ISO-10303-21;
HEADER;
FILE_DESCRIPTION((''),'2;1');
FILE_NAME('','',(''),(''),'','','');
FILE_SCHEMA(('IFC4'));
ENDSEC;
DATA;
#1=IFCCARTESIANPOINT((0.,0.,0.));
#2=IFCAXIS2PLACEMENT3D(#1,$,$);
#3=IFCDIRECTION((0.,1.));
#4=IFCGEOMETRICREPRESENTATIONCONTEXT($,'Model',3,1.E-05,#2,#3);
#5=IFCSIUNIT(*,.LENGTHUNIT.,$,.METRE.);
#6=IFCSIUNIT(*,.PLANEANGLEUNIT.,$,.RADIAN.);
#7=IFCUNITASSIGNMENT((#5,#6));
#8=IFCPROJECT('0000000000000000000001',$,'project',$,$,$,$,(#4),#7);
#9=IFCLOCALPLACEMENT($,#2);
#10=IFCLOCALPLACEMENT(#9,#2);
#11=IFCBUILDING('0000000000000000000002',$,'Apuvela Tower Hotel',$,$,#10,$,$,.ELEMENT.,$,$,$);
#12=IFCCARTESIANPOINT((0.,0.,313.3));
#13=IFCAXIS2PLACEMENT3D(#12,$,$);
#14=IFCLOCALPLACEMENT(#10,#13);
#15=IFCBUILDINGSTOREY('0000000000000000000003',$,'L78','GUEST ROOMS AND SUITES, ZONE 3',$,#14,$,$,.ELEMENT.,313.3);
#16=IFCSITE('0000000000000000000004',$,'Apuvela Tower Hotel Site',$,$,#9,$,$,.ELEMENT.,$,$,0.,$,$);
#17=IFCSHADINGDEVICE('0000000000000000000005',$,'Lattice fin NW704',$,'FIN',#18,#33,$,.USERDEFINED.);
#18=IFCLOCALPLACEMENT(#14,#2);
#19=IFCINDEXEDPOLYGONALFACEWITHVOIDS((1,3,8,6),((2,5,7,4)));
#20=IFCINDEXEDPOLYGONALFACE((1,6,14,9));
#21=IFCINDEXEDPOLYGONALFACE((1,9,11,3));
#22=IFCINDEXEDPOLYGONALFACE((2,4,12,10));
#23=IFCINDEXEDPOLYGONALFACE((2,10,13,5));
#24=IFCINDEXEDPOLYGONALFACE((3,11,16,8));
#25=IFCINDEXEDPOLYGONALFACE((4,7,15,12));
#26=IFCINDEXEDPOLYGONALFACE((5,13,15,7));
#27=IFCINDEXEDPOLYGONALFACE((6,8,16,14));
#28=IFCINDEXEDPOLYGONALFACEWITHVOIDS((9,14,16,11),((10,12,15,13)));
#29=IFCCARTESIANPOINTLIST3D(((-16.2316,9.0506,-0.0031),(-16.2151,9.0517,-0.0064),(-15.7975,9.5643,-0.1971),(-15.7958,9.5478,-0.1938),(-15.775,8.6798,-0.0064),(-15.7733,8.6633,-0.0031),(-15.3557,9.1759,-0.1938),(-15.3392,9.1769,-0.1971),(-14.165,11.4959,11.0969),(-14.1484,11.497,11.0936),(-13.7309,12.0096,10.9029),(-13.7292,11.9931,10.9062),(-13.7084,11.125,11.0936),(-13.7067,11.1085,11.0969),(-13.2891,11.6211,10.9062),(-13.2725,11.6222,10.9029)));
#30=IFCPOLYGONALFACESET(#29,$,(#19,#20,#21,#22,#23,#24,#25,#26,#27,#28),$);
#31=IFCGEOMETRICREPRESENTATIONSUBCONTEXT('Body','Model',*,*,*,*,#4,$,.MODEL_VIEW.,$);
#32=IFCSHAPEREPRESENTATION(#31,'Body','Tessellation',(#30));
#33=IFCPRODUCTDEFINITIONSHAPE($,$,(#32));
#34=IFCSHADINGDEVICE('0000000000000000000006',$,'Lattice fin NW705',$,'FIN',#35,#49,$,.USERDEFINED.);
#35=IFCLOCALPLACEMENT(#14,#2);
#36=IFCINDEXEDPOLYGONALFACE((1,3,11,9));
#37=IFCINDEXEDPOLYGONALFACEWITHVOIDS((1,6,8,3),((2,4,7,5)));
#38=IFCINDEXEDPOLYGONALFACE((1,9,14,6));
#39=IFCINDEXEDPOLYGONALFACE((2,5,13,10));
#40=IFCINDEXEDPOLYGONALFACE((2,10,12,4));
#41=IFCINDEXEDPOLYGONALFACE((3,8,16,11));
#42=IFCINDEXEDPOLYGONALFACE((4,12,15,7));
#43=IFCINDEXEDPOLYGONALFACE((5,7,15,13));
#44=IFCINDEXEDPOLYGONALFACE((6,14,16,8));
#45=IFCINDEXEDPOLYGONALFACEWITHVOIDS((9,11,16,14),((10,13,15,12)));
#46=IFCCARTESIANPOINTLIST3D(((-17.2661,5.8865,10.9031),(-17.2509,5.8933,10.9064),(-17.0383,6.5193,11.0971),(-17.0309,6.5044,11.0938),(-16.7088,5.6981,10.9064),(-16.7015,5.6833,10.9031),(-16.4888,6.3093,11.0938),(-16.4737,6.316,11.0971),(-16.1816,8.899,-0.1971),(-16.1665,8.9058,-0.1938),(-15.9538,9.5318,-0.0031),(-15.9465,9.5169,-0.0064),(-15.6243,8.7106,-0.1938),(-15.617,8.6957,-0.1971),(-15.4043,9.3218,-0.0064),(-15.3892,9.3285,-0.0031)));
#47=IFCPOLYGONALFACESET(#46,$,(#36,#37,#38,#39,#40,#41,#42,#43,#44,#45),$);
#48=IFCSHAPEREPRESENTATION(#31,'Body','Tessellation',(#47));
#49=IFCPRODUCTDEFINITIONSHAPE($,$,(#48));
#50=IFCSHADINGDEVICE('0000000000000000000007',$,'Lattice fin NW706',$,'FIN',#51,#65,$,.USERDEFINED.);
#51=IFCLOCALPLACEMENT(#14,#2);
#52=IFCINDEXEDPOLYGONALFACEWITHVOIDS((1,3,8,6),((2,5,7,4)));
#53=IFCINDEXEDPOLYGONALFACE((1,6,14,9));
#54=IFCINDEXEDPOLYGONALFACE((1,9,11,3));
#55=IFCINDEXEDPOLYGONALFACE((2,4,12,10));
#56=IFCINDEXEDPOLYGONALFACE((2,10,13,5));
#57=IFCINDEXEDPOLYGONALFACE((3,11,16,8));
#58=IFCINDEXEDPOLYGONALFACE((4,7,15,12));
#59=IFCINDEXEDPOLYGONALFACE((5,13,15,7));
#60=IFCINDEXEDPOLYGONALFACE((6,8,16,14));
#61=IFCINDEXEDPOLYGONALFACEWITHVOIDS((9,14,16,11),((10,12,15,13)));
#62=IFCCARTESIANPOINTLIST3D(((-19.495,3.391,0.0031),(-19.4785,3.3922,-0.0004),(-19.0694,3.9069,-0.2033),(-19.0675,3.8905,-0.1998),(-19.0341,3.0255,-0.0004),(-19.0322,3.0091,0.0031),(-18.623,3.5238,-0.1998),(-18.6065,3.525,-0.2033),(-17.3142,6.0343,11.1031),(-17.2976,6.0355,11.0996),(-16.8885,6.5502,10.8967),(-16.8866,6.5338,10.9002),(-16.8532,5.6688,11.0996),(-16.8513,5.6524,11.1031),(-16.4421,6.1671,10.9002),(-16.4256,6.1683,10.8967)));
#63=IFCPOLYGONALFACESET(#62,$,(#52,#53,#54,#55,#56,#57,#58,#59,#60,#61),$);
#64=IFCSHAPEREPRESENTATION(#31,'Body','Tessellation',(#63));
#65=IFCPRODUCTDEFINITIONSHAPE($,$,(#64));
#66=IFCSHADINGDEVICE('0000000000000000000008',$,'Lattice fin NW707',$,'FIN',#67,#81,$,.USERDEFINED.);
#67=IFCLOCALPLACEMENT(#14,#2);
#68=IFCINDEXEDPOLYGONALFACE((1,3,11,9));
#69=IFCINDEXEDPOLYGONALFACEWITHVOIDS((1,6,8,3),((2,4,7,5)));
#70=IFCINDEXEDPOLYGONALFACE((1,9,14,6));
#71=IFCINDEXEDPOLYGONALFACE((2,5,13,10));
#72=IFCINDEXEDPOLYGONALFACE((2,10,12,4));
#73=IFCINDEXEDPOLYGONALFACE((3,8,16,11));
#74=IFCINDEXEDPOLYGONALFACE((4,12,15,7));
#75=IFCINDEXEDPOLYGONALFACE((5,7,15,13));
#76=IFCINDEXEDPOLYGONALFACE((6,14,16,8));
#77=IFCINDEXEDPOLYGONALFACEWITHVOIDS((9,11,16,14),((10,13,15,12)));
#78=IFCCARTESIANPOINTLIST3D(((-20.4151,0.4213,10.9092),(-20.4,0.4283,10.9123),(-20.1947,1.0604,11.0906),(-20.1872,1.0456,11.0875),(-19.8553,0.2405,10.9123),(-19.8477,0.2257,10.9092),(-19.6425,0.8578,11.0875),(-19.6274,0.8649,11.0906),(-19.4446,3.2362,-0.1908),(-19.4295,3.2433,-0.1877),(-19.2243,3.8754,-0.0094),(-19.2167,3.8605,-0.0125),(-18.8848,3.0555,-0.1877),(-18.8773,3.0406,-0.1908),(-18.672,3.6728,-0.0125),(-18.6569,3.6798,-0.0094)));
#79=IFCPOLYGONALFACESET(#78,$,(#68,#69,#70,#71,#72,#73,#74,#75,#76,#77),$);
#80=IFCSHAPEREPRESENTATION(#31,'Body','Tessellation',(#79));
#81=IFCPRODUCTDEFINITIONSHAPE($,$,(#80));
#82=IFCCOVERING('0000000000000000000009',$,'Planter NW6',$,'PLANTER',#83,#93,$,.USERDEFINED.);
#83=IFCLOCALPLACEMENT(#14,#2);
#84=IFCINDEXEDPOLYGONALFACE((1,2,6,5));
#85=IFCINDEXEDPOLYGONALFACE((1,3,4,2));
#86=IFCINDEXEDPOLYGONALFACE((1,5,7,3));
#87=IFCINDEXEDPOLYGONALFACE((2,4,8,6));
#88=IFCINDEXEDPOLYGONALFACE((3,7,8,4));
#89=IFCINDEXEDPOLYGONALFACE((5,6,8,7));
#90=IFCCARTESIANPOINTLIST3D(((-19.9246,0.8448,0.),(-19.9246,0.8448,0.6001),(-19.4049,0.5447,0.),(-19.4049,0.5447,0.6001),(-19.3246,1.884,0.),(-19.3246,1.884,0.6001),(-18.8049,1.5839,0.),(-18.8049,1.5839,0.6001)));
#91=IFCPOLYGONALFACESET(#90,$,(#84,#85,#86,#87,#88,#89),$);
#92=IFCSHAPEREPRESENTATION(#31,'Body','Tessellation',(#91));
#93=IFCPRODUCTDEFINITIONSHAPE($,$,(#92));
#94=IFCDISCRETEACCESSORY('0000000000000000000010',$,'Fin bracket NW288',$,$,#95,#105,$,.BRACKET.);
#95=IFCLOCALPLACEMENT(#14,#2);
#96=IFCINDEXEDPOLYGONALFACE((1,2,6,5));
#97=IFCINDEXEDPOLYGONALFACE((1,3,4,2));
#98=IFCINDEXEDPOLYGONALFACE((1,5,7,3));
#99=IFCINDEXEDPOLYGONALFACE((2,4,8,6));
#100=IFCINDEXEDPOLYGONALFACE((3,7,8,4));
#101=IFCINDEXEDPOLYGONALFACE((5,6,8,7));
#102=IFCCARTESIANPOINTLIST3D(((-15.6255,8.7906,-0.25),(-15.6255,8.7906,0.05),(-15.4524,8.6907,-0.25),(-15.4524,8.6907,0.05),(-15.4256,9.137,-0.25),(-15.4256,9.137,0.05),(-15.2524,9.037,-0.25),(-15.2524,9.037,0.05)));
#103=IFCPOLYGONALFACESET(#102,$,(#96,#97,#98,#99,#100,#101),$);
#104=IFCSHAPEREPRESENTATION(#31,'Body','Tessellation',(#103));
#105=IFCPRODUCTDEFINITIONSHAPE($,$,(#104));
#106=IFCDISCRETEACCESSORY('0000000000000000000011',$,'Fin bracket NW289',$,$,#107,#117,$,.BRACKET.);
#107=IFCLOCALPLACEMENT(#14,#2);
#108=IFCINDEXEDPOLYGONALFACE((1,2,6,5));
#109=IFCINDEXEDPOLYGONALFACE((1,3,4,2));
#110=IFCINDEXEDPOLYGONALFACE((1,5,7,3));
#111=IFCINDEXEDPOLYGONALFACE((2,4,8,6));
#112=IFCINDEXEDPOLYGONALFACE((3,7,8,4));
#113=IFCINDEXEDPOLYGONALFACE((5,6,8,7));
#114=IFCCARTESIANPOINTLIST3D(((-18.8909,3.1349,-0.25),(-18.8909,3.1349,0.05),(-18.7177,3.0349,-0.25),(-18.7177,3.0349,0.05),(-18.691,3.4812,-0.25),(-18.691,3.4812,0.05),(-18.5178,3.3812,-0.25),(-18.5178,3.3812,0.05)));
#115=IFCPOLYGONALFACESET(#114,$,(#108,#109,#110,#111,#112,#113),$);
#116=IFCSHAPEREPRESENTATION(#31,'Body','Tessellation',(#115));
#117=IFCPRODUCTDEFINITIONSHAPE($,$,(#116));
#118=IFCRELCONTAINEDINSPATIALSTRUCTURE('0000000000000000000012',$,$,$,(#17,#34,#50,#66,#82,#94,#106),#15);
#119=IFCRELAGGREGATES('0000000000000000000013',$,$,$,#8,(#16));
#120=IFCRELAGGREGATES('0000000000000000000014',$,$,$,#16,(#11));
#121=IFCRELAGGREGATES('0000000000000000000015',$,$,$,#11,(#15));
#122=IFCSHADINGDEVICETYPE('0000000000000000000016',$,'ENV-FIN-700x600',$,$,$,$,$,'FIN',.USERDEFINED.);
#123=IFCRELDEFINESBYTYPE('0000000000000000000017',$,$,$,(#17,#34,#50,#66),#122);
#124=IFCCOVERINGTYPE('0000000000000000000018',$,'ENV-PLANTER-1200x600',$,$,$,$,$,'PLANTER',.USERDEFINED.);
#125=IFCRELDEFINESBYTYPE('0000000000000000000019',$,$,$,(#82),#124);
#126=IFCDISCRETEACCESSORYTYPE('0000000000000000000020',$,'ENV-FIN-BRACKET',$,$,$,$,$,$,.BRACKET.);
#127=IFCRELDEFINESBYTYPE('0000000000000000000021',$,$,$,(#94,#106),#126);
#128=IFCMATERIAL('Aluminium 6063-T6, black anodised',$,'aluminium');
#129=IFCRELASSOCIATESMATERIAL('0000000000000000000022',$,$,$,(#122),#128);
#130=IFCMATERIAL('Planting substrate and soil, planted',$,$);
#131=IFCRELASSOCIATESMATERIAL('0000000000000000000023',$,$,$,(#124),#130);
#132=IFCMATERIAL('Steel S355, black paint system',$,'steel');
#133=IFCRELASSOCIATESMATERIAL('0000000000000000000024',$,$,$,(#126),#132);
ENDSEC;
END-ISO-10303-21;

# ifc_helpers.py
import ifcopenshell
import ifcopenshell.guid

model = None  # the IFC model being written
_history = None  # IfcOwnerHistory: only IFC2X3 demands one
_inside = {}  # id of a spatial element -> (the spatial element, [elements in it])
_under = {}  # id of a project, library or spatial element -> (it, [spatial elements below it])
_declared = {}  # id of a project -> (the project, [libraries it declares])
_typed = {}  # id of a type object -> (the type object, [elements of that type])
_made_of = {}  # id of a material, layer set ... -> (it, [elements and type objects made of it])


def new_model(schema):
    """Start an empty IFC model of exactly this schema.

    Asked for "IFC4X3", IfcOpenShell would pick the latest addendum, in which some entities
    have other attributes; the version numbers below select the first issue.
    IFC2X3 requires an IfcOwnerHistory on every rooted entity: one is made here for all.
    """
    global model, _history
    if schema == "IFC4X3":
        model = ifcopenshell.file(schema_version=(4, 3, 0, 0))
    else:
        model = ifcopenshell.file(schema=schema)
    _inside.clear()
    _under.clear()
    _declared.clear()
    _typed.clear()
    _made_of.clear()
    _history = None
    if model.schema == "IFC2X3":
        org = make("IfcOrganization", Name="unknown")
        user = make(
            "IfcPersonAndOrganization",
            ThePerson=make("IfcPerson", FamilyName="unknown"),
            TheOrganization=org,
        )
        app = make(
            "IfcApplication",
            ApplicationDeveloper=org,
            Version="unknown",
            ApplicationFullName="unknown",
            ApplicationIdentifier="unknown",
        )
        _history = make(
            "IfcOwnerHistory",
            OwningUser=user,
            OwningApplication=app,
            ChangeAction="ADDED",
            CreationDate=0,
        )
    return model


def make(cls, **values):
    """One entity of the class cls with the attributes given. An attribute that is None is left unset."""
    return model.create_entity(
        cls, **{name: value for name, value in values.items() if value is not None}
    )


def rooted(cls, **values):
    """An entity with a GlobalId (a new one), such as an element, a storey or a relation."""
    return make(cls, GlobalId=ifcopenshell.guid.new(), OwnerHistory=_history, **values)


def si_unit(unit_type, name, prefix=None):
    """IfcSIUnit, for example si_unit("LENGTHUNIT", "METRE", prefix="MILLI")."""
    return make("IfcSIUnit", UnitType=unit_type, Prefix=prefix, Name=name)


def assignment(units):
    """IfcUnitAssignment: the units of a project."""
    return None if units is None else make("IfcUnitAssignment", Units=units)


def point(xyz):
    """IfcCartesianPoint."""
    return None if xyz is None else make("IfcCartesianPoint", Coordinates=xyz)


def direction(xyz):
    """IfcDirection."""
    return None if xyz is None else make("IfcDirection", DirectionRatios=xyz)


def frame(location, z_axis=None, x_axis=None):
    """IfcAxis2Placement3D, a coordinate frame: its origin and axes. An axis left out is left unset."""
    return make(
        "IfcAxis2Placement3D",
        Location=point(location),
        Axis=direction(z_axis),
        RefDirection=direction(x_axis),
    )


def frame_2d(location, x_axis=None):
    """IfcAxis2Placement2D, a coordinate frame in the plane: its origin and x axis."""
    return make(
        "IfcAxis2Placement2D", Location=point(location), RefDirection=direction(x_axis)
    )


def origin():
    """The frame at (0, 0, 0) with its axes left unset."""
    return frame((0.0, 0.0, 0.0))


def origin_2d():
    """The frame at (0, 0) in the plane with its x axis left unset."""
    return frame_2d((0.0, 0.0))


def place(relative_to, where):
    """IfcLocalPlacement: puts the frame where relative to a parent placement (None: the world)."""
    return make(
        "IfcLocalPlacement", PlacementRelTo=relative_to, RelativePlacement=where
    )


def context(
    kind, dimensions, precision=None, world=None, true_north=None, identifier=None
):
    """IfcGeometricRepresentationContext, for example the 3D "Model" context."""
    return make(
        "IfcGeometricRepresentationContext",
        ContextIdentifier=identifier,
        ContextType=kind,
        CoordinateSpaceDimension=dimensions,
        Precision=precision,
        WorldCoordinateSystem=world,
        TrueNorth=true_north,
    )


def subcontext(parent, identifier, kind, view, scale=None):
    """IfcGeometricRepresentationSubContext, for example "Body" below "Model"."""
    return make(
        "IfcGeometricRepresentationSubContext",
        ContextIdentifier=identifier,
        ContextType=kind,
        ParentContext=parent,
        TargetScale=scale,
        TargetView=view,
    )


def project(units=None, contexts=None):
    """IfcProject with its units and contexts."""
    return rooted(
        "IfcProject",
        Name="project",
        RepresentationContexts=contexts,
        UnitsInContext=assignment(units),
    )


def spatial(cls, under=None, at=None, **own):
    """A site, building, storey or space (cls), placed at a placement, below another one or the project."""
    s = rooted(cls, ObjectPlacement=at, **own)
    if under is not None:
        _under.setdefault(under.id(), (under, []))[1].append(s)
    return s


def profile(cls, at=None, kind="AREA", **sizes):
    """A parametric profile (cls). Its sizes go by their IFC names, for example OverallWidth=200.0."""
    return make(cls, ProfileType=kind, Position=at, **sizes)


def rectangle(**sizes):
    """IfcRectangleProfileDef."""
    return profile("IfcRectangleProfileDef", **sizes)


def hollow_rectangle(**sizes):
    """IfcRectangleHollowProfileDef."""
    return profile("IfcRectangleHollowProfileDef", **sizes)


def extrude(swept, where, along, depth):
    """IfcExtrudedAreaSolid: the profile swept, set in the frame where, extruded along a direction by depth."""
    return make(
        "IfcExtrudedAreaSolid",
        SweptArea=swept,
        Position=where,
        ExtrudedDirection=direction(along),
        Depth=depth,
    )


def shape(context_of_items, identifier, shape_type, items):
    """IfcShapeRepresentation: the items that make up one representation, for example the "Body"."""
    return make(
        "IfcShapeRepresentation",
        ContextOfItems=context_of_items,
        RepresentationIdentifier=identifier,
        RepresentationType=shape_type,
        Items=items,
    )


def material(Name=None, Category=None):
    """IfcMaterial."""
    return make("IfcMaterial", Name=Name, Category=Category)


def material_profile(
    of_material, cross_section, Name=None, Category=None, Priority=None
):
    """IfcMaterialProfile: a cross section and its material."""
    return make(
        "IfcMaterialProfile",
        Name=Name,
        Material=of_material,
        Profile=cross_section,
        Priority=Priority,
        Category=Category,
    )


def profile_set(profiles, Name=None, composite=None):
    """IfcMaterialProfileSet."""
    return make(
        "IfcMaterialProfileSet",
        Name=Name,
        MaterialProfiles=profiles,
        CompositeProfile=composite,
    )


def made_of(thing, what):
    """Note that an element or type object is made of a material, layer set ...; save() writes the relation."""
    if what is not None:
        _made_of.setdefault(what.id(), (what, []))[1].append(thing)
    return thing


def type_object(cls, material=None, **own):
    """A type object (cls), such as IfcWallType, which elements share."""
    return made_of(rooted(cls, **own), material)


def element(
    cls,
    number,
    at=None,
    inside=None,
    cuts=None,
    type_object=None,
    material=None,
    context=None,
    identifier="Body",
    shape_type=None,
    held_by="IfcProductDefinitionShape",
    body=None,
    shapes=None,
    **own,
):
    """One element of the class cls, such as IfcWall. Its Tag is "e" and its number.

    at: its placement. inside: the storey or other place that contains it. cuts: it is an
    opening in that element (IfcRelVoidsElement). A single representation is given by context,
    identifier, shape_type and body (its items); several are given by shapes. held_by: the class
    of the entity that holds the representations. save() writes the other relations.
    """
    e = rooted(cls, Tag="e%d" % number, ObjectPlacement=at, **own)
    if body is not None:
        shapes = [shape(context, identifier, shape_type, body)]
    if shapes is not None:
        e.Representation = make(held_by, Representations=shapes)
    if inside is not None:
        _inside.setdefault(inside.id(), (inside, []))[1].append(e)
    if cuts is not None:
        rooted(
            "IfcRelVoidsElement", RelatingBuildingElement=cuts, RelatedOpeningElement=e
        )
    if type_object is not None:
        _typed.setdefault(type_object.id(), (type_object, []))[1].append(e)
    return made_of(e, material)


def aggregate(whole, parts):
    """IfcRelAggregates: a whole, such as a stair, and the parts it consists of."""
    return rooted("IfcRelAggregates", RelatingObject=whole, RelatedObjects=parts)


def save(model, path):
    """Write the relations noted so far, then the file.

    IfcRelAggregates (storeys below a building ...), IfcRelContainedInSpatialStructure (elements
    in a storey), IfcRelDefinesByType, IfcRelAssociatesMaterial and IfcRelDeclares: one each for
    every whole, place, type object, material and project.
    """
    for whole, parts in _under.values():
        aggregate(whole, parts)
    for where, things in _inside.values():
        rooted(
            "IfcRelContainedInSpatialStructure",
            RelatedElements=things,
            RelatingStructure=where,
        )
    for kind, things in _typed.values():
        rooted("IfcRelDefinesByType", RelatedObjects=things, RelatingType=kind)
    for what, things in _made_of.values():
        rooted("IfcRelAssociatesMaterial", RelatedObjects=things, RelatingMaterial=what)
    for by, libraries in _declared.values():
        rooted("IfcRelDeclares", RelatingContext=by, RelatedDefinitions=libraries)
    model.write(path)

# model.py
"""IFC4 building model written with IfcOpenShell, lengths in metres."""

from ifc_helpers import new_model, si_unit, direction, frame, origin, origin_2d, place, context, subcontext, project, spatial, rectangle, hollow_rectangle, extrude, material, material_profile, profile_set, type_object, element, save


model = new_model("IFC4")

# Units and contexts
model_context = context("Model", 3, precision=1e-05, world=origin(), true_north=direction((0.0, 1.0)))
body_context = subcontext(model_context, "Body", "Model", "MODEL_VIEW")
ifc_project = project(units=[si_unit("LENGTHUNIT", "METRE"), si_unit("PLANEANGLEUNIT", "RADIAN")], contexts=[model_context])

# Site, building, storey
site_placement = place(None, origin())
site = spatial("IfcSite", under=ifc_project, at=site_placement, Name="Apuvela Tower Hotel Site", CompositionType="ELEMENT", RefElevation=0.0)
building_placement = place(site_placement, origin())
building = spatial("IfcBuilding", under=site, at=building_placement, Name="Apuvela Tower Hotel", CompositionType="ELEMENT")
storey_placement = place(building_placement, frame((0.0, 0.0, 313.3)))
storey = spatial("IfcBuildingStorey", under=building, at=storey_placement, Name="L78", Description="GUEST ROOMS AND SUITES, ZONE 3", CompositionType="ELEMENT", Elevation=313.3)

# Shading devices
ifc_material_1 = material(Name="Aluminium 6063-T6, black anodised", Category="aluminium")
ifc_material_profile_1 = material_profile(ifc_material_1, hollow_rectangle(XDim=0.6001, YDim=0.7, WallThickness=0.012, at=origin_2d()), Name="AL BOX 700x600x12")
ifc_profile_set_1 = profile_set([ifc_material_profile_1], Name="Aluminium 6063-T6, black anodised")
shading_device_type = type_object("IfcShadingDeviceType", Name="ENV-FIN-700x600", ElementType="FIN", PredefinedType="USERDEFINED", material=ifc_profile_set_1)
shading_device_1_placement = place(storey_placement, frame((-15.7854, 9.1138, -0.1001), z_axis=(0.17889, 0.211668, 0.96083), x_axis=(-0.763765, 0.645494, 0.0)))
element("IfcShadingDevice", 1, at=shading_device_1_placement, inside=storey, type_object=shading_device_type, Name="Lattice fin NW704", ObjectType="FIN", PredefinedType="USERDEFINED", context=body_context, shape_type="SweptSolid", body=[
    extrude(hollow_rectangle(XDim=0.6001, YDim=0.7, WallThickness=0.012, at=origin_2d()), origin(), (0.0, 0.0, 1.0), 11.5525),
])
shading_device_2_placement = place(storey_placement, frame((-15.7854, 9.1138, -0.1001), z_axis=(-0.093872, -0.260759, 0.960829), x_axis=(0.940888, -0.338717, 0.0)))
element("IfcShadingDevice", 2, at=shading_device_2_placement, inside=storey, type_object=shading_device_type, Name="Lattice fin NW705", ObjectType="FIN", PredefinedType="USERDEFINED", context=body_context, shape_type="SweptSolid", body=[
    extrude(hollow_rectangle(XDim=0.6001, YDim=0.7, WallThickness=0.012, at=origin_2d()), origin(), (0.0, 0.0, 1.0), 11.5527),
])
shading_device_3_placement = place(storey_placement, frame((-19.0508, 3.458, -0.1001), z_axis=(0.187734, 0.227537, 0.955501), x_axis=(-0.771348, 0.636414, 0.0)))
element("IfcShadingDevice", 3, at=shading_device_3_placement, inside=storey, type_object=shading_device_type, Name="Lattice fin NW706", ObjectType="FIN", PredefinedType="USERDEFINED", context=body_context, shape_type="SweptSolid", body=[
    extrude(hollow_rectangle(XDim=0.6001, YDim=0.7, WallThickness=0.012, at=origin_2d()), origin(), (0.0, 0.0, 1.0), 11.6169),
])
shading_device_4_placement = place(storey_placement, frame((-19.0508, 3.458, -0.1001), z_axis=(-0.084443, -0.244937, 0.965855), x_axis=(0.945395, -0.325928, 0.0)))
element("IfcShadingDevice", 4, at=shading_device_4_placement, inside=storey, type_object=shading_device_type, Name="Lattice fin NW707", ObjectType="FIN", PredefinedType="USERDEFINED", context=body_context, shape_type="SweptSolid", body=[
    extrude(hollow_rectangle(XDim=0.6001, YDim=0.7, WallThickness=0.012, at=origin_2d()), origin(), (0.0, 0.0, 1.0), 11.4924),
])

# Covering
ifc_material_2 = material(Name="Planting substrate and soil, planted")
covering_type = type_object("IfcCoveringType", Name="ENV-PLANTER-1200x600", ElementType="PLANTER", PredefinedType="USERDEFINED", material=ifc_material_2)
covering_placement = place(storey_placement, frame((-19.3647, 1.2144, 0.0), z_axis=(0.0, 0.0, 1.0), x_axis=(-0.5, -0.866025, 0.0)))
element("IfcCovering", 5, at=covering_placement, inside=storey, type_object=covering_type, Name="Planter NW6", ObjectType="PLANTER", PredefinedType="USERDEFINED", context=body_context, shape_type="SweptSolid", body=[
    extrude(rectangle(XDim=1.2, YDim=0.6001, at=origin_2d()), origin(), (0.0, 0.0, 1.0), 0.6001),
])

# Discrete accessories
ifc_material_3 = material(Name="Steel S355, black paint system", Category="steel")
discrete_accessory_type = type_object("IfcDiscreteAccessoryType", Name="ENV-FIN-BRACKET", PredefinedType="BRACKET", material=ifc_material_3)
for number, where, z_axis, x_axis, name in (
    (6, (-15.439, 8.9138, -0.25), (0.0, 0.0, 1.0), (-0.5, -0.866025, 0.0), "Fin bracket NW288"),
    (7, (-18.7043, 3.2581, -0.25), (0.0, 0.0, 1.0), (-0.5, -0.866025, 0.0), "Fin bracket NW289"),
):
    element("IfcDiscreteAccessory", number, at=place(storey_placement, frame(where, z_axis=z_axis, x_axis=x_axis)), inside=storey, type_object=discrete_accessory_type, Name=name, PredefinedType="BRACKET", context=body_context, shape_type="SweptSolid", body=[
        extrude(rectangle(XDim=0.3999, YDim=0.2, at=origin_2d()), origin(), (0.0, 0.0, 1.0), 0.3),
    ])

save(model, "model.ifc")
